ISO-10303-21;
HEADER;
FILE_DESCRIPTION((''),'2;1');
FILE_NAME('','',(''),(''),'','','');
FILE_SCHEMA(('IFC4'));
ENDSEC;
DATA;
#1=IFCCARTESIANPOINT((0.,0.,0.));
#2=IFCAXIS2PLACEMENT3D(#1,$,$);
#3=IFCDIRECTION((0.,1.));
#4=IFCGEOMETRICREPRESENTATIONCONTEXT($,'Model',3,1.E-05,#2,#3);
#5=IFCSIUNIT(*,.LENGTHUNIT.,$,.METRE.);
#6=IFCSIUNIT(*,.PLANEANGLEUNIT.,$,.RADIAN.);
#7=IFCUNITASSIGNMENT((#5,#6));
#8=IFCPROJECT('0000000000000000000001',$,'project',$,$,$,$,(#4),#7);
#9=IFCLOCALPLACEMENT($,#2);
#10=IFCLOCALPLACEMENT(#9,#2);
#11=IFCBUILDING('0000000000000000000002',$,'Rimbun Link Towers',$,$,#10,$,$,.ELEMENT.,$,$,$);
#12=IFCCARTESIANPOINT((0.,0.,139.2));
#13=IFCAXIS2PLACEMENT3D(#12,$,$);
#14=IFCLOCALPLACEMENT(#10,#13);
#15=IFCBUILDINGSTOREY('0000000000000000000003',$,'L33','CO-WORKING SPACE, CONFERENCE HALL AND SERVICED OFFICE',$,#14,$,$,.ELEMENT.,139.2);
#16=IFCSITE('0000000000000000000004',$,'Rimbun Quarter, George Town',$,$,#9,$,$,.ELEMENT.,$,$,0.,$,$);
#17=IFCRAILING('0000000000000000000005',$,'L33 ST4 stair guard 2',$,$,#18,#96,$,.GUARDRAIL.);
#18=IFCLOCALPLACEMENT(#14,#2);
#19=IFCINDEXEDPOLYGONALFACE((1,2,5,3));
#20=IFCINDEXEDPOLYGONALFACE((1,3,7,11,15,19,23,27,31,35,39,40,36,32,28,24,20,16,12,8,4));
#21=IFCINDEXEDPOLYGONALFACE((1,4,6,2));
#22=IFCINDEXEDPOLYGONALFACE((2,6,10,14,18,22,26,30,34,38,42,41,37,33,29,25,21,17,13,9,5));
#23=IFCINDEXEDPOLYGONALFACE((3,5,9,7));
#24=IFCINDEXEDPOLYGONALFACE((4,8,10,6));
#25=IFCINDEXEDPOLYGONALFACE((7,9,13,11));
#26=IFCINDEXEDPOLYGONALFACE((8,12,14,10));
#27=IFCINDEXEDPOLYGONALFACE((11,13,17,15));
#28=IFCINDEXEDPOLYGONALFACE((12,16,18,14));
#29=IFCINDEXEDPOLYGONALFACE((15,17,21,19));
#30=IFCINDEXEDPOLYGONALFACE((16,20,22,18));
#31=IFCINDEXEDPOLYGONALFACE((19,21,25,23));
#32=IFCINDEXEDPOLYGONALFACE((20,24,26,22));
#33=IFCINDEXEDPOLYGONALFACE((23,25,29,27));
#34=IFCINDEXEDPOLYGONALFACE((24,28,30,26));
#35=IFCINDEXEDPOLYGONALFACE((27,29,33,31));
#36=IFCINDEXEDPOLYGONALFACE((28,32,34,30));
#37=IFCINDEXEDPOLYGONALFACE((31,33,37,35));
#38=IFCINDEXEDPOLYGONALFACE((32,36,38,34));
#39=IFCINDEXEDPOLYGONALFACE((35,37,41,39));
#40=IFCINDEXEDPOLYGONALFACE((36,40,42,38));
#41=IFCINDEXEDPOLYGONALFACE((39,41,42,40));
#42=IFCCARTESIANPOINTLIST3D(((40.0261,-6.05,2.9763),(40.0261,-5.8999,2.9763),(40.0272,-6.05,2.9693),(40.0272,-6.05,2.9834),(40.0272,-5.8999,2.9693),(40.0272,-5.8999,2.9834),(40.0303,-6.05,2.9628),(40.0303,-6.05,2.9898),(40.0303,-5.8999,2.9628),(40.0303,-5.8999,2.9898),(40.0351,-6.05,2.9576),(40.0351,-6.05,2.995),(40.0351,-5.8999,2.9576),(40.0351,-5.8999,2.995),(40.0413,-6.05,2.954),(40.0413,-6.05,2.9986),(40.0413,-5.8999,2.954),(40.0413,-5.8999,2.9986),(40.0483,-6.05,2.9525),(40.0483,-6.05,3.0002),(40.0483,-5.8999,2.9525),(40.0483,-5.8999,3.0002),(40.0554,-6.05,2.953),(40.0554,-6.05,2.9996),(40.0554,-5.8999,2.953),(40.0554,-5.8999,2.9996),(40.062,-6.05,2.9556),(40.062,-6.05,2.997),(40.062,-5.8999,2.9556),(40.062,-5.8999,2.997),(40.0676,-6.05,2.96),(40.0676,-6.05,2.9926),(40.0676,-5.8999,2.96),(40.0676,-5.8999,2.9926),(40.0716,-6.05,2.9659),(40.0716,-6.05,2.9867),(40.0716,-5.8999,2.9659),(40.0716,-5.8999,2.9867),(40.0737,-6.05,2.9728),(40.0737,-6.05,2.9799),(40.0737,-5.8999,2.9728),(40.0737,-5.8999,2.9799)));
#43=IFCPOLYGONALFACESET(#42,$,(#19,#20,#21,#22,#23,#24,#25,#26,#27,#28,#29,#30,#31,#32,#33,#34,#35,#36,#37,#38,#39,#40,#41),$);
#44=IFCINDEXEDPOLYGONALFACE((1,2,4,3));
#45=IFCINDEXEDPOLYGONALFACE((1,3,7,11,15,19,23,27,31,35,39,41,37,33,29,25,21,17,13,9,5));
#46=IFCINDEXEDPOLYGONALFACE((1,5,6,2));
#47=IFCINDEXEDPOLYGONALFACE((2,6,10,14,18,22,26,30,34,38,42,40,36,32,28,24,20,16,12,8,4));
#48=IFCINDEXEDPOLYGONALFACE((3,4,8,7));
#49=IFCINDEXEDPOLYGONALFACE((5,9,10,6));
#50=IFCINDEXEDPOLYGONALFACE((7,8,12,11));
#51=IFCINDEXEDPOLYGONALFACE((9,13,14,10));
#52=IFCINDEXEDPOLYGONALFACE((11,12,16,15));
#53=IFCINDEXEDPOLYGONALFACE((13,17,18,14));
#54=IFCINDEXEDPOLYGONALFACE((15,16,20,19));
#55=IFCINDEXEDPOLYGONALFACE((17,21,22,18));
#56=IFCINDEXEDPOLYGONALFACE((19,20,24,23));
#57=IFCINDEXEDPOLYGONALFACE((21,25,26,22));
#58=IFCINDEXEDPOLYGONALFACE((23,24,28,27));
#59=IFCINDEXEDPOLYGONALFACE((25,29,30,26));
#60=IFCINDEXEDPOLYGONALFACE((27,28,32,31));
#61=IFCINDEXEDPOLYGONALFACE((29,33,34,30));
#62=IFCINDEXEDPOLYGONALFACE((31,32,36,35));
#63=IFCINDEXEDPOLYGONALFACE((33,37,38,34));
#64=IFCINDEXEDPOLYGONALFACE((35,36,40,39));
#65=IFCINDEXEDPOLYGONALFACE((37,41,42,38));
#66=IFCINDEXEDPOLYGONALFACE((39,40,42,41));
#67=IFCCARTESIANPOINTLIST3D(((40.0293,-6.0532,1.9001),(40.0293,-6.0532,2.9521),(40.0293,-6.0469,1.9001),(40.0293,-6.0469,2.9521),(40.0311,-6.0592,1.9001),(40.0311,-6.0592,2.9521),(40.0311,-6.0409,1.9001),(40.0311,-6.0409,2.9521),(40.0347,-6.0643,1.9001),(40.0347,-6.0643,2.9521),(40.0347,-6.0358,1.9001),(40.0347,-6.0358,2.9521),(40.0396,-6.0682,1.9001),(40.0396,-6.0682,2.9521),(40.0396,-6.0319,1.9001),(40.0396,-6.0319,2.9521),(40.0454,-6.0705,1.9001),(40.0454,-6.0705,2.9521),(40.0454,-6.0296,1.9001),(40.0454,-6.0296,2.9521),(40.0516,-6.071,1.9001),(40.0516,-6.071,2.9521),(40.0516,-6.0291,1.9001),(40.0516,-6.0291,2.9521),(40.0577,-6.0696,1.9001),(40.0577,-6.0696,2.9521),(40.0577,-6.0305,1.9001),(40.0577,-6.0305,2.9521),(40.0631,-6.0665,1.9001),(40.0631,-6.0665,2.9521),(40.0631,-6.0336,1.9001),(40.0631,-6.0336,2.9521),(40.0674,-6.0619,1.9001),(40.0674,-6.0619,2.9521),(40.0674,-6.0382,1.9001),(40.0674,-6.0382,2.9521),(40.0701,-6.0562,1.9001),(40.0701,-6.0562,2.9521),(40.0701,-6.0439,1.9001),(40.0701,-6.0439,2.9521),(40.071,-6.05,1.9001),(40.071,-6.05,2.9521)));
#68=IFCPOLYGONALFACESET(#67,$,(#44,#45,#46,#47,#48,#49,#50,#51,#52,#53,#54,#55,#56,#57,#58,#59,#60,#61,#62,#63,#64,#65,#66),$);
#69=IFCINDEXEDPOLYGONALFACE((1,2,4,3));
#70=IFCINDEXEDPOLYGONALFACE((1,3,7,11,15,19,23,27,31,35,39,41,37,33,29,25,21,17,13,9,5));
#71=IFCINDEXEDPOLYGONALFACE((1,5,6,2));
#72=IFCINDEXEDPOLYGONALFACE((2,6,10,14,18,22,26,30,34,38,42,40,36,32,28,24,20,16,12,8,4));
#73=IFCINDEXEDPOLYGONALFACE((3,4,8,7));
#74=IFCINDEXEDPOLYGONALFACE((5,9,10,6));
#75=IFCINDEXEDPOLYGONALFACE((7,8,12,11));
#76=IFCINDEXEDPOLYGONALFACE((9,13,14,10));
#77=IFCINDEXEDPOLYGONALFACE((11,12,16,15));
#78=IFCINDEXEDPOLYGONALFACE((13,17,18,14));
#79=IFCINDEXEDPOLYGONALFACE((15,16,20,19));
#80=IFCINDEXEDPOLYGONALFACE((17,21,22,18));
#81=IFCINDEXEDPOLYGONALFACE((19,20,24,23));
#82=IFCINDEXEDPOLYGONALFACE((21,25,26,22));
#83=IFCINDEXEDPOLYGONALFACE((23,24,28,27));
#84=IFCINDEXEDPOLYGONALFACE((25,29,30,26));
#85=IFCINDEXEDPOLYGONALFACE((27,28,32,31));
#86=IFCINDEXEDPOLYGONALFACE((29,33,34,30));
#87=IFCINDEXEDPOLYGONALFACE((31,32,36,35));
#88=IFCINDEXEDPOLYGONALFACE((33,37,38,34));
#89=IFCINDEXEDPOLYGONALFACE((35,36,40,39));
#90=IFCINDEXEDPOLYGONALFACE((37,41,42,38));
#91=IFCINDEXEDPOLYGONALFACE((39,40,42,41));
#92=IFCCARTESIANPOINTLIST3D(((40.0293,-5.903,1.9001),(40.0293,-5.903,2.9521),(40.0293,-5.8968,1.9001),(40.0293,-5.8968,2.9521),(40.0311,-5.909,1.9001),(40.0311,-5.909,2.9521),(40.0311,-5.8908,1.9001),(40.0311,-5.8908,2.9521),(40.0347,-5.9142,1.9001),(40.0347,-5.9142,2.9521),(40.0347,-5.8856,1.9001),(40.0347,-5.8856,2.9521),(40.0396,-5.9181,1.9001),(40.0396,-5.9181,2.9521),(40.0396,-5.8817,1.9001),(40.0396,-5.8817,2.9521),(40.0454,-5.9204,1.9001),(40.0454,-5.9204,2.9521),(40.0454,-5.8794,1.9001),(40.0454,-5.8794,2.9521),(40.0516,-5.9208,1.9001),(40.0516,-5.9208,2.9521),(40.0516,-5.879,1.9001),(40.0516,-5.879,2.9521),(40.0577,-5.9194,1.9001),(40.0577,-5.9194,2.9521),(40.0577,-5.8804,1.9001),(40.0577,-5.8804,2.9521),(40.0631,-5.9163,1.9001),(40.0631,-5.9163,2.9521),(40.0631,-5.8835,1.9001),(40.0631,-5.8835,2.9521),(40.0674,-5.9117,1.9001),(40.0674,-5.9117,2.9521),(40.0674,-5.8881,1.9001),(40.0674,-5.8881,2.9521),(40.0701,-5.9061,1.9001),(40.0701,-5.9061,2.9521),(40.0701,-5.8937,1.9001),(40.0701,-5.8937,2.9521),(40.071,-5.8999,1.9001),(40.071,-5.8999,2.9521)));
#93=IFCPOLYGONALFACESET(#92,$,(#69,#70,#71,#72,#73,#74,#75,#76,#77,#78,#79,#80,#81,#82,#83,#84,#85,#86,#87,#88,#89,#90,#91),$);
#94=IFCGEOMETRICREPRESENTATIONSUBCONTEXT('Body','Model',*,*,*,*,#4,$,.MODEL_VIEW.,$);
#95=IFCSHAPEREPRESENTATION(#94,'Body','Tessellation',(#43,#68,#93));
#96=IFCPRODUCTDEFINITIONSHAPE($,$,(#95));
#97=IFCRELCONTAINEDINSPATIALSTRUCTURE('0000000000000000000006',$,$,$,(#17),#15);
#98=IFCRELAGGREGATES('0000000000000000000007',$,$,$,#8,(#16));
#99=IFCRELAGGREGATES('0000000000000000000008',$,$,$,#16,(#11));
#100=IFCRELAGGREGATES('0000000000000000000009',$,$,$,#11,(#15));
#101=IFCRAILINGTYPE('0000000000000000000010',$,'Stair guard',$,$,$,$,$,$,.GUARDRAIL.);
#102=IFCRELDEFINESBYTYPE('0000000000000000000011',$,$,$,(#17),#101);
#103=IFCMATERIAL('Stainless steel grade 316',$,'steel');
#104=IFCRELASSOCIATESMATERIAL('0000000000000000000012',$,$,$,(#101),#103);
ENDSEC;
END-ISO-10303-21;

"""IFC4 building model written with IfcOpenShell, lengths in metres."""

from ifc_helpers import new_model, si_unit, direction, frame, origin, origin_2d, place, context, subcontext, project, spatial, circle, extrude, material, type_object, element, save


model = new_model("IFC4")

# Units and contexts
model_context = context("Model", 3, precision=1e-05, world=origin(), true_north=direction((0.0, 1.0)))
body_context = subcontext(model_context, "Body", "Model", "MODEL_VIEW")
ifc_project = project(units=[si_unit("LENGTHUNIT", "METRE"), si_unit("PLANEANGLEUNIT", "RADIAN")], contexts=[model_context])

# Site, building, storey
site_placement = place(None, origin())
site = spatial("IfcSite", under=ifc_project, at=site_placement, Name="Rimbun Quarter, George Town", CompositionType="ELEMENT", RefElevation=0.0)
building_placement = place(site_placement, origin())
building = spatial("IfcBuilding", under=site, at=building_placement, Name="Rimbun Link Towers", CompositionType="ELEMENT")
storey_placement = place(building_placement, frame((0.0, 0.0, 139.2)))
storey = spatial("IfcBuildingStorey", under=building, at=storey_placement, Name="L33", Description="CO-WORKING SPACE, CONFERENCE HALL AND SERVICED OFFICE", CompositionType="ELEMENT", Elevation=139.2)

# Railing
ifc_material_1 = material(Name="Stainless steel grade 316", Category="steel")
railing_type_1 = type_object("IfcRailingType", Name="Stair guard", PredefinedType="GUARDRAIL", material=ifc_material_1)
railing_1_placement = place(storey_placement, frame((40.05, -6.05, 1.9001)))
element("IfcRailing", 1, at=railing_1_placement, inside=storey, type_object=railing_type_1, Name="L33 ST4 stair guard 2", PredefinedType="GUARDRAIL", context=body_context, shape_type="SweptSolid", body=[
    extrude(circle(Radius=0.0239, at=origin_2d()), frame((0.0, 0.0, 1.0762), z_axis=(0.0, 1.0, 0.0), x_axis=(-1.0, 0.0, 0.0)), (0.0, 0.0, 1.0), 0.1501),
    extrude(circle(Radius=0.021, at=origin_2d()), origin(), (0.0, 0.0, 1.0), 1.052),
    extrude(circle(Radius=0.021, at=origin_2d()), frame((0.0, 0.1501, 0.0)), (0.0, 0.0, 1.0), 1.052),
])

save(model, "model.ifc")
